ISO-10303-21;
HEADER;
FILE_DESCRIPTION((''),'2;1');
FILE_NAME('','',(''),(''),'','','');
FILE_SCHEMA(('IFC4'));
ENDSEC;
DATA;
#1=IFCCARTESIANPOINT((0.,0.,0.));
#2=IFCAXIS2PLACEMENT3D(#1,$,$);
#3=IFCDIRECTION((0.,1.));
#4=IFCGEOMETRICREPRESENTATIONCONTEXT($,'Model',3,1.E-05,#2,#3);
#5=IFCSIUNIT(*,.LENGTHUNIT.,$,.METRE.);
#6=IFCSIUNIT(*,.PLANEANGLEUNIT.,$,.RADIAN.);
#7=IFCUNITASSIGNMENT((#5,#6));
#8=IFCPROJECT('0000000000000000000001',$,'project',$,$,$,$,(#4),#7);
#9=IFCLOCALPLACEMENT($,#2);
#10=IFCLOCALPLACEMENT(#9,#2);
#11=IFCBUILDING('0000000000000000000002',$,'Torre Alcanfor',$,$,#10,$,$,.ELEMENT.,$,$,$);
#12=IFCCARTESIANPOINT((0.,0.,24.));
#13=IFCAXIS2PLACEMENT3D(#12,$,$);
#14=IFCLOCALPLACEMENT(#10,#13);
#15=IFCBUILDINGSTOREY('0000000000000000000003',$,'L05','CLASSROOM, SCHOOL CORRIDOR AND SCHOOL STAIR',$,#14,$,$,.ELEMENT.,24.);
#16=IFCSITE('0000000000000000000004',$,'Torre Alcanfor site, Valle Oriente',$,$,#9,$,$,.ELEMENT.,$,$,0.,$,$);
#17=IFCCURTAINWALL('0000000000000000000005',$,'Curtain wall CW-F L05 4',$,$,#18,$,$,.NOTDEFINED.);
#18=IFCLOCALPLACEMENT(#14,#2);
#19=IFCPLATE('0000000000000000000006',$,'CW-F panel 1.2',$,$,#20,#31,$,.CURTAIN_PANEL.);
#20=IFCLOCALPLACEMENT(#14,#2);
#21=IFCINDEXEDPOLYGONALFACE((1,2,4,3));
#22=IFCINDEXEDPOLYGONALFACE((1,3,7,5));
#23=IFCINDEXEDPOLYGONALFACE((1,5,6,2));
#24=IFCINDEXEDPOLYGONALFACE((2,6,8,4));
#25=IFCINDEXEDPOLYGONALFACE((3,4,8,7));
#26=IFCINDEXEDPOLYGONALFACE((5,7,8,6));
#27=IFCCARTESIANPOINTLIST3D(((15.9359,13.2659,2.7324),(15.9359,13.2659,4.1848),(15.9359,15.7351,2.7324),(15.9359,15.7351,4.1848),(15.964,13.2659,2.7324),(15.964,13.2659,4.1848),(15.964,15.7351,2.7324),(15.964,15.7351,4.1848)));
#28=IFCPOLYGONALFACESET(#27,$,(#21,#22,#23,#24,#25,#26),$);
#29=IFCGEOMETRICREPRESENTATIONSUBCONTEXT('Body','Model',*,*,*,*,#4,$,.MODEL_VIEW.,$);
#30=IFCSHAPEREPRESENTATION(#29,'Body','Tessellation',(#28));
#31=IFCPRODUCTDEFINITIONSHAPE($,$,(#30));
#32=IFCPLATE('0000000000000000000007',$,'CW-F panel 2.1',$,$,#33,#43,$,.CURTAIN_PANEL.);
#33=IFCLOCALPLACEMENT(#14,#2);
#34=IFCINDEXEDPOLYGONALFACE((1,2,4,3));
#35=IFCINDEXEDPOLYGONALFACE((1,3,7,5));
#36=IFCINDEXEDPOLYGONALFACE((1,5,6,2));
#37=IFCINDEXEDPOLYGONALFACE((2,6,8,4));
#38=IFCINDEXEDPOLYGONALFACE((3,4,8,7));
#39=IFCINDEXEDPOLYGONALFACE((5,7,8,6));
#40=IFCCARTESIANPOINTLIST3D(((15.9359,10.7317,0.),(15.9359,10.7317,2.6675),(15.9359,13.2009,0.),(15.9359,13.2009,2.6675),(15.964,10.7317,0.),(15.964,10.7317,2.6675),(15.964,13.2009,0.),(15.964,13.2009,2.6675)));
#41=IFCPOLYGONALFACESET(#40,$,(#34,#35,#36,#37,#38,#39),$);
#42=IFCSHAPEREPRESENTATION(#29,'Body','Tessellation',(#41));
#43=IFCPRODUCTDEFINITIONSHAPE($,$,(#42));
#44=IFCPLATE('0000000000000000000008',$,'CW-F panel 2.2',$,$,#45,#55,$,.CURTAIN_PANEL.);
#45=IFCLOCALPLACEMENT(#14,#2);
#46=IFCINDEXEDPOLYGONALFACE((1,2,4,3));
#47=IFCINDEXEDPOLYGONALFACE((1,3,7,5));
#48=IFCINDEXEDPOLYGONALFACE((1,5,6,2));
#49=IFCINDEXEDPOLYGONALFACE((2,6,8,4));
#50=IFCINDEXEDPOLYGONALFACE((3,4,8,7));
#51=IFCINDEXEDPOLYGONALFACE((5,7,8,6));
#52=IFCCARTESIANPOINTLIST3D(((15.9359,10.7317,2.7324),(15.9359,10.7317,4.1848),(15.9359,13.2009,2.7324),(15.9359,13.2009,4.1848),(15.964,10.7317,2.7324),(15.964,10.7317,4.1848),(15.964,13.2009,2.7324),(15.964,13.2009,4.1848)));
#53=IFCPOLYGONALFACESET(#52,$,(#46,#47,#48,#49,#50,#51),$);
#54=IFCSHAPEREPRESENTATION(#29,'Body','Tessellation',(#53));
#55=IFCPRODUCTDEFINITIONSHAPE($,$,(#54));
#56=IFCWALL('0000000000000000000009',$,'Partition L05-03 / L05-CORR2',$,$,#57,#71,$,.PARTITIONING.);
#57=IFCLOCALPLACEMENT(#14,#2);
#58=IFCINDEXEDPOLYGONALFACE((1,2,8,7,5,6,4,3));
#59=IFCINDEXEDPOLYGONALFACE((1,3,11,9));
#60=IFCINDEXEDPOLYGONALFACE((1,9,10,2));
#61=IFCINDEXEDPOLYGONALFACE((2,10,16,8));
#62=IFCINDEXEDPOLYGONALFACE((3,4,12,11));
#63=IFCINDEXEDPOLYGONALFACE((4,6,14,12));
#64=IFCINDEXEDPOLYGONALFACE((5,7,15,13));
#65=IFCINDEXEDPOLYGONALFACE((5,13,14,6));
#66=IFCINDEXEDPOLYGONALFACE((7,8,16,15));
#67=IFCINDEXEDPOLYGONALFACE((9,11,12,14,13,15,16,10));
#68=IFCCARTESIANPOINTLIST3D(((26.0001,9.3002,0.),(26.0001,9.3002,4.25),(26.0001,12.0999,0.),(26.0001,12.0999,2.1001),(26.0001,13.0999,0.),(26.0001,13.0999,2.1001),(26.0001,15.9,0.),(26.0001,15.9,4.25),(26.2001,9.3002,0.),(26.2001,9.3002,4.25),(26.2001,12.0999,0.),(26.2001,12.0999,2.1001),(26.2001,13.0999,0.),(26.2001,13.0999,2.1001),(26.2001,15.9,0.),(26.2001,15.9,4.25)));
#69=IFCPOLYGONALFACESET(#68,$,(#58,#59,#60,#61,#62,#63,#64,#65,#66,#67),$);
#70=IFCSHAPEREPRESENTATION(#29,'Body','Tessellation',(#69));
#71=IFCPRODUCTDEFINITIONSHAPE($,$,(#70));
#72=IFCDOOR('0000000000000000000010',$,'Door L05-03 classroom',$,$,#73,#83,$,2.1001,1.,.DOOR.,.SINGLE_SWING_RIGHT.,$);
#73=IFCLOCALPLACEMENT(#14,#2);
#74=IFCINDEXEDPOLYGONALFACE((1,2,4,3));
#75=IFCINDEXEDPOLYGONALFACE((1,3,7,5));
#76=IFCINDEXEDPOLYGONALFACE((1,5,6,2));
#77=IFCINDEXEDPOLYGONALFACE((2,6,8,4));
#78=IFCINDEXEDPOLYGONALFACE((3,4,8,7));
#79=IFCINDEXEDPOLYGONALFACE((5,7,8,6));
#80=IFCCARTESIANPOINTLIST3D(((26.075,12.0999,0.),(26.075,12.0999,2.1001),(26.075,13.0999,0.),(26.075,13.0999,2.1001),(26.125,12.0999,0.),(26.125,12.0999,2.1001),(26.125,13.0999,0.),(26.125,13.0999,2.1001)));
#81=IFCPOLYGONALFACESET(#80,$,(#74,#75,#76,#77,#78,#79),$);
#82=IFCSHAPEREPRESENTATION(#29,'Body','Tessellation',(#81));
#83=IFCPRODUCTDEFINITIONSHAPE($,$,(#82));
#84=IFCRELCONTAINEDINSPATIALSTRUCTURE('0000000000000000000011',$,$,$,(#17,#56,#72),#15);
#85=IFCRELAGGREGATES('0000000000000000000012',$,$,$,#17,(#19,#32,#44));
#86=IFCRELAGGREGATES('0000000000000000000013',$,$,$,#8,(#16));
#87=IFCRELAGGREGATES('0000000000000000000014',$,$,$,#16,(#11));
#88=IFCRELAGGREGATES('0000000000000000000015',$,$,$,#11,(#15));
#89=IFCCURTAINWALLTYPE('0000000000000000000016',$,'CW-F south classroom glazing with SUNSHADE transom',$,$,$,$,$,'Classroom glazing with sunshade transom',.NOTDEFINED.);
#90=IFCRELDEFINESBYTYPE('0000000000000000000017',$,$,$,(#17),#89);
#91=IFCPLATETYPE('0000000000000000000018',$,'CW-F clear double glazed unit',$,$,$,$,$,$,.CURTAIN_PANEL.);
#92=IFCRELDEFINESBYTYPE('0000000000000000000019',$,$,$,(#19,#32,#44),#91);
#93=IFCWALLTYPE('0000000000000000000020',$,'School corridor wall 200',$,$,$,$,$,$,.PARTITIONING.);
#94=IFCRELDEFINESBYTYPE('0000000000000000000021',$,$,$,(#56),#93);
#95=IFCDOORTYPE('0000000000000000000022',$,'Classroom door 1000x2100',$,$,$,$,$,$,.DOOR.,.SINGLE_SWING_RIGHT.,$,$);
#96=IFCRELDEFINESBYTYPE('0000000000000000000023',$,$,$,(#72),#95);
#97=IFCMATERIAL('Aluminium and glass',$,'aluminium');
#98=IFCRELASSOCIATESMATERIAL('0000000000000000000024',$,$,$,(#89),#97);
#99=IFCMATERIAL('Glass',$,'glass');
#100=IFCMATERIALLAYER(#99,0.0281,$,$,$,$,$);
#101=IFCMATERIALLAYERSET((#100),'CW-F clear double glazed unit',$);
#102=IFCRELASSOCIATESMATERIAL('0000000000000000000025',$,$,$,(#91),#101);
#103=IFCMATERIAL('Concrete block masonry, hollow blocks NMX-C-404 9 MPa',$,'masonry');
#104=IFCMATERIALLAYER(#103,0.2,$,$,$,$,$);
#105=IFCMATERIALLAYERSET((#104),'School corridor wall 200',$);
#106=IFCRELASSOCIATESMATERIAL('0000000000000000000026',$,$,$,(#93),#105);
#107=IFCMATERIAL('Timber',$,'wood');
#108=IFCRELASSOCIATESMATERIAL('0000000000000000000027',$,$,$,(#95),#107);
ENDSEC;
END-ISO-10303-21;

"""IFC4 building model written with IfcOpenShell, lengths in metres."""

from ifc_helpers import new_model, si_unit, direction, frame, frame_2d, origin, origin_2d, place, context, subcontext, project, spatial, rectangle, extrude, material, layer, layer_set, type_object, element, fill, aggregate, save


model = new_model("IFC4")

# Units and contexts
model_context = context("Model", 3, precision=1e-05, world=origin(), true_north=direction((0.0, 1.0)))
body_context = subcontext(model_context, "Body", "Model", "MODEL_VIEW")
ifc_project = project(units=[si_unit("LENGTHUNIT", "METRE"), si_unit("PLANEANGLEUNIT", "RADIAN")], contexts=[model_context])

# Site, building, storey
site_placement = place(None, origin())
site = spatial("IfcSite", under=ifc_project, at=site_placement, Name="Torre Alcanfor site, Valle Oriente", CompositionType="ELEMENT", RefElevation=0.0)
building_placement = place(site_placement, origin())
building = spatial("IfcBuilding", under=site, at=building_placement, Name="Torre Alcanfor", CompositionType="ELEMENT")
storey_placement = place(building_placement, frame((0.0, 0.0, 24.0)))
storey = spatial("IfcBuildingStorey", under=building, at=storey_placement, Name="L05", Description="CLASSROOM, SCHOOL CORRIDOR AND SCHOOL STAIR", CompositionType="ELEMENT", Elevation=24.0)

# Curtain wall
ifc_material_1 = material(Name="Aluminium and glass", Category="aluminium")
curtain_wall_type = type_object("IfcCurtainWallType", Name="CW-F south classroom glazing with SUNSHADE transom", ElementType="Classroom glazing with sunshade transom", PredefinedType="NOTDEFINED", material=ifc_material_1)
curtain_wall_1_placement = place(storey_placement, origin())
curtain_wall_1 = element("IfcCurtainWall", 1, at=curtain_wall_1_placement, inside=storey, type_object=curtain_wall_type, Name="Curtain wall CW-F L05 4", PredefinedType="NOTDEFINED")

# Plates
ifc_material_2 = material(Name="Glass", Category="glass")
ifc_layer_1 = layer(ifc_material_2, 0.0281)
ifc_layer_set_1 = layer_set([ifc_layer_1], Name="CW-F clear double glazed unit")
plate_type = type_object("IfcPlateType", Name="CW-F clear double glazed unit", PredefinedType="CURTAIN_PANEL", material=ifc_layer_set_1)
plate_1_placement = place(storey_placement, frame((15.95, 14.5005, 2.7324), z_axis=(0.0, 0.0, 1.0), x_axis=(0.0, -1.0, 0.0)))
plate_1 = element("IfcPlate", 2, at=plate_1_placement, type_object=plate_type, Name="CW-F panel 1.2", PredefinedType="CURTAIN_PANEL", context=body_context, shape_type="SweptSolid", body=[
    extrude(rectangle(XDim=2.4692, YDim=0.0281, at=origin_2d()), origin(), (0.0, 0.0, 1.0), 1.4524),
])
plate_2_placement = place(storey_placement, frame((15.95, 11.9663, 0.0), z_axis=(0.0, 0.0, 1.0), x_axis=(0.0, -1.0, 0.0)))
plate_2 = element("IfcPlate", 3, at=plate_2_placement, type_object=plate_type, Name="CW-F panel 2.1", PredefinedType="CURTAIN_PANEL", context=body_context, shape_type="SweptSolid", body=[
    extrude(rectangle(XDim=2.4692, YDim=0.0281, at=origin_2d()), origin(), (0.0, 0.0, 1.0), 2.6675),
])
plate_3_placement = place(storey_placement, frame((15.95, 11.9663, 2.7324), z_axis=(0.0, 0.0, 1.0), x_axis=(0.0, -1.0, 0.0)))
plate_3 = element("IfcPlate", 4, at=plate_3_placement, type_object=plate_type, Name="CW-F panel 2.2", PredefinedType="CURTAIN_PANEL", context=body_context, shape_type="SweptSolid", body=[
    extrude(rectangle(XDim=2.4692, YDim=0.0281, at=origin_2d()), origin(), (0.0, 0.0, 1.0), 1.4524),
])
aggregate(curtain_wall_1, [plate_1, plate_2, plate_3])

# Wall, opening, door
ifc_material_3 = material(Name="Concrete block masonry, hollow blocks NMX-C-404 9 MPa", Category="masonry")
ifc_layer_2 = layer(ifc_material_3, 0.2)
ifc_layer_set_2 = layer_set([ifc_layer_2], Name="School corridor wall 200")
wall_type_1 = type_object("IfcWallType", Name="School corridor wall 200", PredefinedType="PARTITIONING", material=ifc_layer_set_2)
wall_1_placement = place(storey_placement, frame((26.1001, 15.8999, 0.0), z_axis=(0.0, 0.0, 1.0), x_axis=(0.0, -1.0, 0.0)))
wall_1 = element("IfcWall", 5, at=wall_1_placement, inside=storey, type_object=wall_type_1, Name="Partition L05-03 / L05-CORR2", PredefinedType="PARTITIONING", context=body_context, shape_type="SweptSolid", body=[
    extrude(rectangle(XDim=6.5999, YDim=0.2, at=frame_2d((3.2998, 0.0))), origin(), (0.0, 0.0, 1.0), 4.25),
])
opening_1_placement = place(wall_1_placement, frame((2.8, 0.0, 0.0)))
opening_1 = element("IfcOpeningElement", 6, at=opening_1_placement, cuts=wall_1, PredefinedType="OPENING", context=body_context, shape_type="SweptSolid", body=[
    extrude(rectangle(XDim=1.0, YDim=2.1001, at=frame_2d((0.5, 1.05))), frame((0.0, 0.1099, 0.0), z_axis=(0.0, -1.0, 0.0), x_axis=(1.0, 0.0, 0.0)), (0.0, 0.0, 1.0), 0.22),
])
ifc_material_4 = material(Name="Timber", Category="wood")
door_type_1 = type_object("IfcDoorType", Name="Classroom door 1000x2100", OperationType="SINGLE_SWING_RIGHT", PredefinedType="DOOR", material=ifc_material_4)
door_1_placement = place(opening_1_placement, frame((1.0, 0.0, 0.0), z_axis=(0.0, 0.0, 1.0), x_axis=(-1.0, 0.0, 0.0)))
door_1 = element("IfcDoor", 7, at=door_1_placement, inside=storey, type_object=door_type_1, Name="Door L05-03 classroom", OperationType="SINGLE_SWING_RIGHT", OverallHeight=2.1001, OverallWidth=1.0, PredefinedType="DOOR", context=body_context, shape_type="SweptSolid", body=[
    extrude(rectangle(XDim=1.0, YDim=2.1001, at=frame_2d((0.5, 1.05))), frame((0.0, 0.0251, 0.0), z_axis=(0.0, -1.0, 0.0), x_axis=(1.0, 0.0, 0.0)), (0.0, 0.0, 1.0), 0.05),
])
fill(opening_1, door_1)

save(model, "model.ifc")
